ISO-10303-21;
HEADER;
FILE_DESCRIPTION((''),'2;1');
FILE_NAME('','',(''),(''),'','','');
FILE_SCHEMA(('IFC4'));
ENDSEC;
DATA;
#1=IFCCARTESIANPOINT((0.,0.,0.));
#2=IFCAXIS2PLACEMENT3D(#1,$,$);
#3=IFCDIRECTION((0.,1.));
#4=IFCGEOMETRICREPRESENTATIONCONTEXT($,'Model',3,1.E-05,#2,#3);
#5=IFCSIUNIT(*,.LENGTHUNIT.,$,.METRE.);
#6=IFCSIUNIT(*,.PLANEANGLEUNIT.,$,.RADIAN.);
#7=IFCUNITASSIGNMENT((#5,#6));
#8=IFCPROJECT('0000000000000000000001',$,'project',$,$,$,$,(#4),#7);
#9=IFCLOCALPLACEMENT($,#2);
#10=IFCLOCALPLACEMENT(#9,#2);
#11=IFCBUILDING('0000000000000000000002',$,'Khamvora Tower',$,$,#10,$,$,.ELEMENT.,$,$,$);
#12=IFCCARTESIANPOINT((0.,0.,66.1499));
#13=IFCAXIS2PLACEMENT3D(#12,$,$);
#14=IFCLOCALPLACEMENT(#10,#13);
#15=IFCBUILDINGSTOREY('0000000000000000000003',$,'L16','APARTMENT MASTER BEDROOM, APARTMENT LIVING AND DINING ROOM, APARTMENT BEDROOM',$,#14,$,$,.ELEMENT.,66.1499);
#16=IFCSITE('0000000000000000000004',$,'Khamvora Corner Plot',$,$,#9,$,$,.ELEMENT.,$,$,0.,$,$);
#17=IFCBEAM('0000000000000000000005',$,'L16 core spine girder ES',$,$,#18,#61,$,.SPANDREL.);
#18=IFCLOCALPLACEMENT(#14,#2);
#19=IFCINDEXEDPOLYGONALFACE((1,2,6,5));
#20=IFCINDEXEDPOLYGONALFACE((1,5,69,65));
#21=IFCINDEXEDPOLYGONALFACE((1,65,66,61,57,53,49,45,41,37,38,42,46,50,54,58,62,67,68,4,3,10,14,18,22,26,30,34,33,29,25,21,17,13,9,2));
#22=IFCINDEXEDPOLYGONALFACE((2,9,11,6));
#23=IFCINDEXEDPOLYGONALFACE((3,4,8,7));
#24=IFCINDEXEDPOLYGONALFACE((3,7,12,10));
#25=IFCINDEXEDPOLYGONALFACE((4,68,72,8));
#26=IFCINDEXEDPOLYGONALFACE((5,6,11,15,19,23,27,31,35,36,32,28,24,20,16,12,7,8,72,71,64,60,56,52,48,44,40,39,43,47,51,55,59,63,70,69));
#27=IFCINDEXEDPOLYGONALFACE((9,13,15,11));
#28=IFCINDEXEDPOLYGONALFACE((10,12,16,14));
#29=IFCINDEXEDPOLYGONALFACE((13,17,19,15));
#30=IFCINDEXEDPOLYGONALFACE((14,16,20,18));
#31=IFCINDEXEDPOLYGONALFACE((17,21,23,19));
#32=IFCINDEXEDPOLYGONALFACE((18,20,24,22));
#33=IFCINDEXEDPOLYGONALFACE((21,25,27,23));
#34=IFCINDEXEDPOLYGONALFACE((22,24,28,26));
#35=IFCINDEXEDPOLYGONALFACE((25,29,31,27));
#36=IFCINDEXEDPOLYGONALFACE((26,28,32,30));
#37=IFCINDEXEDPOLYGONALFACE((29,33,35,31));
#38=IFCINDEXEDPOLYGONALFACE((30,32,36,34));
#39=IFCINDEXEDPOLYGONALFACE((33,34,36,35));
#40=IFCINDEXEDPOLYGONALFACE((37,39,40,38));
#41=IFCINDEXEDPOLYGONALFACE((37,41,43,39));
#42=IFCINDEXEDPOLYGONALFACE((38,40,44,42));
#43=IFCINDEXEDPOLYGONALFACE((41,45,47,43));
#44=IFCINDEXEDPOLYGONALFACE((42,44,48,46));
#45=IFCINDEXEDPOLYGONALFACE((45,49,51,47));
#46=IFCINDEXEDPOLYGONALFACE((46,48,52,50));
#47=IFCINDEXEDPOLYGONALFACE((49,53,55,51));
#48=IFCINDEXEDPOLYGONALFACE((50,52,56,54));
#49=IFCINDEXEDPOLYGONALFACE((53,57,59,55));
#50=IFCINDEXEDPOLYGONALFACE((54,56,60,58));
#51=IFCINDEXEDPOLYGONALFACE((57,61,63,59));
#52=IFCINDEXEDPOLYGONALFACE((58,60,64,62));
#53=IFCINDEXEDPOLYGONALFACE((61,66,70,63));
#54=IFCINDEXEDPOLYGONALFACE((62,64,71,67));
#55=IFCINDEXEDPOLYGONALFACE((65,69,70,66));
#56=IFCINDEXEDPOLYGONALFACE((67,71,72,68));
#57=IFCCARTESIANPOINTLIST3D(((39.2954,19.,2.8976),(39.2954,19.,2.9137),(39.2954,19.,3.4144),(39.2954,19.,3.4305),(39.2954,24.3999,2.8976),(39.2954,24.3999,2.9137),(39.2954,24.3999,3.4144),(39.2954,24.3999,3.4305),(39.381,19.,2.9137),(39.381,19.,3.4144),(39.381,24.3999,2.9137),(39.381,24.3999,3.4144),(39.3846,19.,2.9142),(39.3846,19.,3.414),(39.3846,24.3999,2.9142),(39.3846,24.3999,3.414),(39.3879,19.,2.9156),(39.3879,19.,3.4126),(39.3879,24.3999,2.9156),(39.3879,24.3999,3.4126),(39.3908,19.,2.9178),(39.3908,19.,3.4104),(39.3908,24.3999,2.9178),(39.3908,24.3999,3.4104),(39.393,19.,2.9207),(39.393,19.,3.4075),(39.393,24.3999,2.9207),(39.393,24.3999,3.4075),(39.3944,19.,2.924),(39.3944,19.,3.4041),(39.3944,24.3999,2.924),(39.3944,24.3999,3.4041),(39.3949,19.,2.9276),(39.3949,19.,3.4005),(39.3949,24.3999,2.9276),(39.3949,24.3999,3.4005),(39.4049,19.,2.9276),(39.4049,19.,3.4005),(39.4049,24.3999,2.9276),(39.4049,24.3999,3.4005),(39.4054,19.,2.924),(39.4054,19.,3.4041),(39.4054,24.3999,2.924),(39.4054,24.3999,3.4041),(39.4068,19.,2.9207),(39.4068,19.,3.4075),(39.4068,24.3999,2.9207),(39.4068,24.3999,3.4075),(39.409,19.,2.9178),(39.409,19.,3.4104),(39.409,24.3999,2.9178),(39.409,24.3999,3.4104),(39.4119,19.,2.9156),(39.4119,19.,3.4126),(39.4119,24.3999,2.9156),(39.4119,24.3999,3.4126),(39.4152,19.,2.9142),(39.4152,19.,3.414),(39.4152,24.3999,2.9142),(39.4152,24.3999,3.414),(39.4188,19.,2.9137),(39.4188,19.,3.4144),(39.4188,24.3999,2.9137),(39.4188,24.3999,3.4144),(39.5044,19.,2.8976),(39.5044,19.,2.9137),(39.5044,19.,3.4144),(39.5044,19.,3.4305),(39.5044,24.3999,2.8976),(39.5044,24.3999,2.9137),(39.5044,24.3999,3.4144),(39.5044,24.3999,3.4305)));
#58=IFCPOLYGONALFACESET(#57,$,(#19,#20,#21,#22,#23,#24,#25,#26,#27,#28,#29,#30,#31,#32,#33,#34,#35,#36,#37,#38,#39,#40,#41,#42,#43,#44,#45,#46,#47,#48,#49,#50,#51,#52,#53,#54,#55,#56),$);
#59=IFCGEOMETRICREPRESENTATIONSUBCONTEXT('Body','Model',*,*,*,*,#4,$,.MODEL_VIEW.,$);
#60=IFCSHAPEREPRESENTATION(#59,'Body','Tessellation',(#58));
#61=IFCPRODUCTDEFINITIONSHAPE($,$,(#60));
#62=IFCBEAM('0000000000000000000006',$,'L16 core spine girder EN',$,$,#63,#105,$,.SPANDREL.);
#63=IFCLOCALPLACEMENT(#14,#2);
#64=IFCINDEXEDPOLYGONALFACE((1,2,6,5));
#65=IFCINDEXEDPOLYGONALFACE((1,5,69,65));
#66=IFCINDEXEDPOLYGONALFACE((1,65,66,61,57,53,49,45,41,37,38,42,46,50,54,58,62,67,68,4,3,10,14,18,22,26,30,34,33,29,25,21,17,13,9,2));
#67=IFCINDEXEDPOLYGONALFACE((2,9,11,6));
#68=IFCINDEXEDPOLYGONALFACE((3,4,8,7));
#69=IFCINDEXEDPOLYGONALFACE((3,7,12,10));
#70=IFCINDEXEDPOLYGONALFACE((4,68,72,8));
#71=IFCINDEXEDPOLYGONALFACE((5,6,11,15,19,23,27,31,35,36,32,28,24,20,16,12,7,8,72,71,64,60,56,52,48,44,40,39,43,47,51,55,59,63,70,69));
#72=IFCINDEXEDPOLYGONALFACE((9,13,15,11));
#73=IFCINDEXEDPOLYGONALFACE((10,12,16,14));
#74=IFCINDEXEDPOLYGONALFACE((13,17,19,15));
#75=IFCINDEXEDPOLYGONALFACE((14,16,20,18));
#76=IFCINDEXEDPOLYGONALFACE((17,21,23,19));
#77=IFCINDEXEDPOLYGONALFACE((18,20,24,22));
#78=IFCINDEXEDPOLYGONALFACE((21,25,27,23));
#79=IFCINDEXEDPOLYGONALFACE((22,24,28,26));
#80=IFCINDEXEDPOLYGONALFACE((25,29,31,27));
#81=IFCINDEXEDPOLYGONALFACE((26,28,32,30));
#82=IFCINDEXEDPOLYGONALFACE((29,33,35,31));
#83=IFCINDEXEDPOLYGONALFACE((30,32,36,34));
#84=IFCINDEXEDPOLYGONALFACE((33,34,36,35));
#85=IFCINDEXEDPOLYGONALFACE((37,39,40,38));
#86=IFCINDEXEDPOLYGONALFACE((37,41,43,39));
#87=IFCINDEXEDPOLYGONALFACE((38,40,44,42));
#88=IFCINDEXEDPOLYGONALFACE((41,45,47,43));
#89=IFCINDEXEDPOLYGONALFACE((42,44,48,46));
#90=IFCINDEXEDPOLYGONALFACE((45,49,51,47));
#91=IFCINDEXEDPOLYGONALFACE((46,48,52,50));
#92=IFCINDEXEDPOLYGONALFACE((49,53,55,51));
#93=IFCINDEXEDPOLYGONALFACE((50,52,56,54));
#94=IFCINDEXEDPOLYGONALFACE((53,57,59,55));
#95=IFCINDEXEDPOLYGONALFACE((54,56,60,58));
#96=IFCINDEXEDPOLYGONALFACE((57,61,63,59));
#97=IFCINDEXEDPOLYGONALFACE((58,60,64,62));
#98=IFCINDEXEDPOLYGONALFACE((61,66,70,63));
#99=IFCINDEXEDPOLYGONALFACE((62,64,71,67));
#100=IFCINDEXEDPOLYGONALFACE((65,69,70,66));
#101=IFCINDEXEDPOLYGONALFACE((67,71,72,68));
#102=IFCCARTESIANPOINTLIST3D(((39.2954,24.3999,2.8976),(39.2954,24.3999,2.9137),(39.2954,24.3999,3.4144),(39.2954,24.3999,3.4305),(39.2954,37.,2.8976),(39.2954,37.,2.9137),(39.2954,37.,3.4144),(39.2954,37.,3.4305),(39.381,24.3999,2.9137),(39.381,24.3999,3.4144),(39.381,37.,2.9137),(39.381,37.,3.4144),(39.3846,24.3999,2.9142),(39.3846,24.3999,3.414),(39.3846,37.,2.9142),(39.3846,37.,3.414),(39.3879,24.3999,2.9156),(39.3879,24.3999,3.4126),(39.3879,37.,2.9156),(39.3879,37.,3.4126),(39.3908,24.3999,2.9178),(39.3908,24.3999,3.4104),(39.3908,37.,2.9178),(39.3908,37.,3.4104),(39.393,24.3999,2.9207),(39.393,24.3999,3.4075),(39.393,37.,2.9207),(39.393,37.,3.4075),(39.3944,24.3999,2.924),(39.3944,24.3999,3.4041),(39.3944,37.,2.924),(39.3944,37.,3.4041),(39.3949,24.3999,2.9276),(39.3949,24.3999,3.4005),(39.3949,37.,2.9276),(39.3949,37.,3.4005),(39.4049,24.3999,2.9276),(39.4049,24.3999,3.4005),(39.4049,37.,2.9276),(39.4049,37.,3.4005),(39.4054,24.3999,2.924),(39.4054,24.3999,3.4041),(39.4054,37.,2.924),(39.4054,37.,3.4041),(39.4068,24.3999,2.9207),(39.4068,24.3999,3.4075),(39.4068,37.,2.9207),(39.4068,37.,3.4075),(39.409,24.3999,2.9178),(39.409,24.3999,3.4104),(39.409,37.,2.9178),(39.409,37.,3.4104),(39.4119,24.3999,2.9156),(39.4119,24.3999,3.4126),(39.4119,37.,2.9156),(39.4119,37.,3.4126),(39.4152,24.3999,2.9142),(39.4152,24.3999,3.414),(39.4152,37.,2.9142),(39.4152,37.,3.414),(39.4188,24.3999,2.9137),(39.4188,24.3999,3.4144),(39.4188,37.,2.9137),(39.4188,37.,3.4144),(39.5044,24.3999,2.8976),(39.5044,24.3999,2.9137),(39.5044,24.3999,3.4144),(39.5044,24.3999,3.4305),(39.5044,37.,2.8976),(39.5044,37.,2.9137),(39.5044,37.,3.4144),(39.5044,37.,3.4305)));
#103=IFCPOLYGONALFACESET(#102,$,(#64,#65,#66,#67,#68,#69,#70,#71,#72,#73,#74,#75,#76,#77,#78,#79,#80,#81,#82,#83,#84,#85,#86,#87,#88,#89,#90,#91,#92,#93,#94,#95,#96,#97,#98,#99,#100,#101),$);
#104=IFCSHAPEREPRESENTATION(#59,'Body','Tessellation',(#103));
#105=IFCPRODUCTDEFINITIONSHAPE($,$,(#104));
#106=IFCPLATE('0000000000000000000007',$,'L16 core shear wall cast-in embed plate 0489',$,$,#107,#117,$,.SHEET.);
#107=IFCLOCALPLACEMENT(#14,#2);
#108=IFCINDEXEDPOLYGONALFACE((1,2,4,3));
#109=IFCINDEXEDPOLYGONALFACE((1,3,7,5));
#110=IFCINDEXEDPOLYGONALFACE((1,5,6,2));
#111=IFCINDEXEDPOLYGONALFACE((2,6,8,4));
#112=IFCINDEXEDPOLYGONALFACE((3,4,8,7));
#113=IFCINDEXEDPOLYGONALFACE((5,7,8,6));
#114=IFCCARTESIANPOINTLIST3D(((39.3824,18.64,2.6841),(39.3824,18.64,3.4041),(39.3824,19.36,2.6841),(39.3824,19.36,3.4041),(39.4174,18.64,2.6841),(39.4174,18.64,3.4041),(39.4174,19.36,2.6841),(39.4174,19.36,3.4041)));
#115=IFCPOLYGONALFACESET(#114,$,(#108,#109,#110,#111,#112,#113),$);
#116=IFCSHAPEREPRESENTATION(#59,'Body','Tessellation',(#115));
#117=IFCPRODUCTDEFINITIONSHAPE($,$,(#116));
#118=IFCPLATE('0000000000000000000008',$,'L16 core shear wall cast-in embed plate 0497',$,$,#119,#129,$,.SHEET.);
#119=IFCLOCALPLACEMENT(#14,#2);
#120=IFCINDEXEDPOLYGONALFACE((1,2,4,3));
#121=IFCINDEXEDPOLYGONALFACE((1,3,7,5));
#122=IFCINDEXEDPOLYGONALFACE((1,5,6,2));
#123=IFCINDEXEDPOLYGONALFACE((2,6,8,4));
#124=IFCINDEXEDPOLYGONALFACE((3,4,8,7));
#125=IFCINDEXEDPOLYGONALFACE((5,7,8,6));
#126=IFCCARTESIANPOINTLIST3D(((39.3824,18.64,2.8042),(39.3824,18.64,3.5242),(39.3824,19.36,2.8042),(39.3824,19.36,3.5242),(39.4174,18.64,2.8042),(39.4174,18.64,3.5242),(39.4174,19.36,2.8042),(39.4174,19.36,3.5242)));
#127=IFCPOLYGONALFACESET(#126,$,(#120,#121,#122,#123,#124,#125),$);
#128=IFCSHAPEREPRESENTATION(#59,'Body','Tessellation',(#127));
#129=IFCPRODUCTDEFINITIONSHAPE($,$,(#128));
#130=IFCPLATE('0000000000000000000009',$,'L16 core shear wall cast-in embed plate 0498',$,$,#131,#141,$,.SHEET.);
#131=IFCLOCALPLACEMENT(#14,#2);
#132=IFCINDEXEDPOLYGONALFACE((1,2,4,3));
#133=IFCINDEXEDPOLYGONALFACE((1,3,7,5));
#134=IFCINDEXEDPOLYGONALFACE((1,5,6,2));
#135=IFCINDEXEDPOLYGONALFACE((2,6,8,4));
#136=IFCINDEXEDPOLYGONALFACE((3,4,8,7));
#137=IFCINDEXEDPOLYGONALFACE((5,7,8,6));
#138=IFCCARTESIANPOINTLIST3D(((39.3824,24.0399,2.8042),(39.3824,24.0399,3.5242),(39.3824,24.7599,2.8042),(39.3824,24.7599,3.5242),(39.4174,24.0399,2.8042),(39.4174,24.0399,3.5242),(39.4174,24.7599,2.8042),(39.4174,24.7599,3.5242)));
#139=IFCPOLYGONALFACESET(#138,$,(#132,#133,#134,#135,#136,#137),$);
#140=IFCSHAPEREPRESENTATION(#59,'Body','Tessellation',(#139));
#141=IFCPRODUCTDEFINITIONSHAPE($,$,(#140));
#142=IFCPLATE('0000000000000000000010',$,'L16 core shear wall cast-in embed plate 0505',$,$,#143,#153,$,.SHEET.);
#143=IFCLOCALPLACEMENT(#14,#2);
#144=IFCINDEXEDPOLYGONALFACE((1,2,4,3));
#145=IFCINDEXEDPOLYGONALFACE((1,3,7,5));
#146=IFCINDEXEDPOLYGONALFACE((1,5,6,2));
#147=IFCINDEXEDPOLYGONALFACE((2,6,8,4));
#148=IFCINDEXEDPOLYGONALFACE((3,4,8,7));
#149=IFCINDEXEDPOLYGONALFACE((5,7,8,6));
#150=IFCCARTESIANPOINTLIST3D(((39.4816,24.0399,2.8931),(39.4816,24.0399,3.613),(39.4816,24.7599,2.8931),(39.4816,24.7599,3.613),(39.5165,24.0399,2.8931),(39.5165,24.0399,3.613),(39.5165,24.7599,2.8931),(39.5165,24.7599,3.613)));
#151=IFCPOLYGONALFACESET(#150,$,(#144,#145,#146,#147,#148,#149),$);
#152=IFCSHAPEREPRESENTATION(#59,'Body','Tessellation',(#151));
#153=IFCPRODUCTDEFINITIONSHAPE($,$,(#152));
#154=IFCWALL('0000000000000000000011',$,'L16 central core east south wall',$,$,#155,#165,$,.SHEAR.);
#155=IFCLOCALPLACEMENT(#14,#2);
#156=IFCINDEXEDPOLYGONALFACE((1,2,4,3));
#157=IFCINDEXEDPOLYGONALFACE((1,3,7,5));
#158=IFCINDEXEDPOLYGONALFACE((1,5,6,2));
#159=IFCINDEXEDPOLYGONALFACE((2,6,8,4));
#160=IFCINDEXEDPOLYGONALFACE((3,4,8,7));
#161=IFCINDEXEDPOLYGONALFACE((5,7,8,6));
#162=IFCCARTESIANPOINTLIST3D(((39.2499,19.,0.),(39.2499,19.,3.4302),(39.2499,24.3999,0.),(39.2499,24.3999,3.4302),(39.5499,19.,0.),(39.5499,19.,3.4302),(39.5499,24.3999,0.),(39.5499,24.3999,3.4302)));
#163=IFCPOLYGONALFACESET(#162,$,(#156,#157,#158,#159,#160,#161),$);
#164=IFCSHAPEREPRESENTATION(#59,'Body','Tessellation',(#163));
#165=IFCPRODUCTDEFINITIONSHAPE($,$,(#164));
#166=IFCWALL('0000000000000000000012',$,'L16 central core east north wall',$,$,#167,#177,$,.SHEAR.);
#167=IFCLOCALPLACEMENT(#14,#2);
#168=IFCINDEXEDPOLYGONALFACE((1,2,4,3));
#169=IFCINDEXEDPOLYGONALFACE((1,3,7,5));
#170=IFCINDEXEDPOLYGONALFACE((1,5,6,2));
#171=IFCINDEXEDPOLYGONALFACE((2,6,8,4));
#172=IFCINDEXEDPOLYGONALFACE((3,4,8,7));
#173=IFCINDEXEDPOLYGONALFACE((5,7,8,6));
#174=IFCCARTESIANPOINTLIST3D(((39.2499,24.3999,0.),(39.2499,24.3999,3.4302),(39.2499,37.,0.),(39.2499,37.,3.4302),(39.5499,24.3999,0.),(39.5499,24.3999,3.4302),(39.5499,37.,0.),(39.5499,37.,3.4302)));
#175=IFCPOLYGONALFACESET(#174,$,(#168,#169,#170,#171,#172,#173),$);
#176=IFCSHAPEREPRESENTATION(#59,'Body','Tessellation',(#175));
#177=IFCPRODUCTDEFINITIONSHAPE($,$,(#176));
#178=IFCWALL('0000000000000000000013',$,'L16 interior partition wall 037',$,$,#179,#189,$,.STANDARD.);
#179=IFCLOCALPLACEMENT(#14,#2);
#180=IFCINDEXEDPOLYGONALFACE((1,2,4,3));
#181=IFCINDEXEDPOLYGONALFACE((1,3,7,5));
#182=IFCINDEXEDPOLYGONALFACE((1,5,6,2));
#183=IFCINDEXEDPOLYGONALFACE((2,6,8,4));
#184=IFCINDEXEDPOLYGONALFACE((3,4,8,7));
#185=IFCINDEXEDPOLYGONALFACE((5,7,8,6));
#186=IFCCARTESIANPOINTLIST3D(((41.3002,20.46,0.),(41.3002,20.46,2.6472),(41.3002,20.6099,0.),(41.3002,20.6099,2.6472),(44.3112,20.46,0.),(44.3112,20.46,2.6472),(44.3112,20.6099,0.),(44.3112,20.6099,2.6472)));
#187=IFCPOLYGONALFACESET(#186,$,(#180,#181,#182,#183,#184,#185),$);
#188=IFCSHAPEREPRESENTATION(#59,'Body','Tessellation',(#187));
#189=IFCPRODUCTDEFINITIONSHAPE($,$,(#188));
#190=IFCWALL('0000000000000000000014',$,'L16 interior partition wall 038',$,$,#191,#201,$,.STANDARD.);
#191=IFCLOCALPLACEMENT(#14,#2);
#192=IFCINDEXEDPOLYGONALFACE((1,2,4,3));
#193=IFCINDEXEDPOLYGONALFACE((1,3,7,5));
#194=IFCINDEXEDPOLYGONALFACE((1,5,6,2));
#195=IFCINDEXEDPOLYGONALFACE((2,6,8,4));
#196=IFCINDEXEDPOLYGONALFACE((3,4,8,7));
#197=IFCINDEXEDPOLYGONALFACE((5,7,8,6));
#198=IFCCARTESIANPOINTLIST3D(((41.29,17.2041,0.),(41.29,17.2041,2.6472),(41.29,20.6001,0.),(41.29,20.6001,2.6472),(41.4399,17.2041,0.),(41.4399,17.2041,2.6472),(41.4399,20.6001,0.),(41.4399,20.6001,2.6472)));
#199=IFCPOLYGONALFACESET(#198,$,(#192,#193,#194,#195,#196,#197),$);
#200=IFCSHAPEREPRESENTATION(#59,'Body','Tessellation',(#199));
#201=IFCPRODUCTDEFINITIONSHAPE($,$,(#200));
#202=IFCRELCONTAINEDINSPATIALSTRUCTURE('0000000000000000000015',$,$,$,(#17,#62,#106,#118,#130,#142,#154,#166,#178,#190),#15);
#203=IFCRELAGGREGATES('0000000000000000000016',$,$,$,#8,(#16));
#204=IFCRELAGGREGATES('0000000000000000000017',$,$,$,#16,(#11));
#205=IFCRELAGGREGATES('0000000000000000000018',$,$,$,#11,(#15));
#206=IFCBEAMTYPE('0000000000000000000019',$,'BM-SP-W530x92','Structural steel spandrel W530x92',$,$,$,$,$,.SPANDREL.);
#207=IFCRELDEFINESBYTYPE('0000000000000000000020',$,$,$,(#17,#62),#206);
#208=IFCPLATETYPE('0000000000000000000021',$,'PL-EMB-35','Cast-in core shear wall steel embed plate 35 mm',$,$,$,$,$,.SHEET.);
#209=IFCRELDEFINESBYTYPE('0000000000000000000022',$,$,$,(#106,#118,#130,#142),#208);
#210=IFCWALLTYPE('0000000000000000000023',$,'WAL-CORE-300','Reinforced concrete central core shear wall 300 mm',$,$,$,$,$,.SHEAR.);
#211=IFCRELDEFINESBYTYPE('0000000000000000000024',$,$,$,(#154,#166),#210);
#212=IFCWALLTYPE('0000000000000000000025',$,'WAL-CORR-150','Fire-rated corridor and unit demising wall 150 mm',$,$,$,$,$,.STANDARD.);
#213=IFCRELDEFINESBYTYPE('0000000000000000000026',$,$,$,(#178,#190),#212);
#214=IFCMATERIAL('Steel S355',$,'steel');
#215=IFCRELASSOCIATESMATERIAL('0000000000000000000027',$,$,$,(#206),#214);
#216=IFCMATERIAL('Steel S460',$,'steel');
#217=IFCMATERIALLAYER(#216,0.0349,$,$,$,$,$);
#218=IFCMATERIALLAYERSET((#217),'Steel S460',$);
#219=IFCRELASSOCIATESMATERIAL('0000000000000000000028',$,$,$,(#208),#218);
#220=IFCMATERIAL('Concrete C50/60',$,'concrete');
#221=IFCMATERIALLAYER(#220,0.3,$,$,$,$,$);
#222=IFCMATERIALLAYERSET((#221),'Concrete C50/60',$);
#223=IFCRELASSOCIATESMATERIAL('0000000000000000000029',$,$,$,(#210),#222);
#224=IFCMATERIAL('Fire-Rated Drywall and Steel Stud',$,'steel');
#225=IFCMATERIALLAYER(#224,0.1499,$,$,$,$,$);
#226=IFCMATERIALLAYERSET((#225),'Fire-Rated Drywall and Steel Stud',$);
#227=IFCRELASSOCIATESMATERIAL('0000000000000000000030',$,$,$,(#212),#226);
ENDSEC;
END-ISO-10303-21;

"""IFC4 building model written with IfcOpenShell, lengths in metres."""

from ifc_helpers import new_model, si_unit, direction, frame, frame_2d, origin, origin_2d, place, context, subcontext, project, spatial, rectangle, i_section, extrude, material, layer, layer_set, material_profile, profile_set, type_object, element, save


model = new_model("IFC4")

# Units and contexts
model_context = context("Model", 3, precision=1e-05, world=origin(), true_north=direction((0.0, 1.0)))
body_context = subcontext(model_context, "Body", "Model", "MODEL_VIEW")
ifc_project = project(units=[si_unit("LENGTHUNIT", "METRE"), si_unit("PLANEANGLEUNIT", "RADIAN")], contexts=[model_context])

# Site, building, storey
site_placement = place(None, origin())
site = spatial("IfcSite", under=ifc_project, at=site_placement, Name="Khamvora Corner Plot", CompositionType="ELEMENT", RefElevation=0.0)
building_placement = place(site_placement, origin())
building = spatial("IfcBuilding", under=site, at=building_placement, Name="Khamvora Tower", CompositionType="ELEMENT")
storey_placement = place(building_placement, frame((0.0, 0.0, 66.1499)))
storey = spatial("IfcBuildingStorey", under=building, at=storey_placement, Name="L16", Description="APARTMENT MASTER BEDROOM, APARTMENT LIVING AND DINING ROOM, APARTMENT BEDROOM", CompositionType="ELEMENT", Elevation=66.1499)

# Shared definitions
ifc_material_1 = material(Name="Steel S460", Category="steel")

# Beams
ifc_material_2 = material(Name="Steel S355", Category="steel")
ifc_material_profile_1 = material_profile(ifc_material_2, i_section(OverallWidth=0.209, OverallDepth=0.533, WebThickness=0.01, FlangeThickness=0.0161, FilletRadius=0.0139, at=origin_2d()), Name="W530x92")
ifc_profile_set_1 = profile_set([ifc_material_profile_1], Name="Steel S355")
beam_type_1 = type_object("IfcBeamType", Name="BM-SP-W530x92", Description="Structural steel spandrel W530x92", PredefinedType="SPANDREL", material=ifc_profile_set_1)
beam_1_placement = place(storey_placement, frame((39.3999, 19.0, 3.1641), z_axis=(0.0, 1.0, 0.0), x_axis=(-1.0, 0.0, 0.0)))
element("IfcBeam", 1, at=beam_1_placement, inside=storey, type_object=beam_type_1, Name="L16 core spine girder ES", PredefinedType="SPANDREL", context=body_context, shape_type="SweptSolid", body=[
    extrude(i_section(OverallWidth=0.209, OverallDepth=0.533, WebThickness=0.01, FlangeThickness=0.0161, FilletRadius=0.0139, at=origin_2d()), origin(), (0.0, 0.0, 1.0), 5.3999),
])
beam_2_placement = place(storey_placement, frame((39.3999, 24.3999, 3.1641), z_axis=(0.0, 1.0, 0.0), x_axis=(-1.0, 0.0, 0.0)))
element("IfcBeam", 2, at=beam_2_placement, inside=storey, type_object=beam_type_1, Name="L16 core spine girder EN", PredefinedType="SPANDREL", context=body_context, shape_type="SweptSolid", body=[
    extrude(i_section(OverallWidth=0.209, OverallDepth=0.533, WebThickness=0.01, FlangeThickness=0.0161, FilletRadius=0.0139, at=origin_2d()), origin(), (0.0, 0.0, 1.0), 12.6001),
])

# Plates
ifc_layer_1 = layer(ifc_material_1, 0.0349)
ifc_layer_set_1 = layer_set([ifc_layer_1], Name="Steel S460")
plate_type = type_object("IfcPlateType", Name="PL-EMB-35", Description="Cast-in core shear wall steel embed plate 35 mm", PredefinedType="SHEET", material=ifc_layer_set_1)
for number, where, z_axis, x_axis, name in (
    (3, (39.3999, 19.0, 2.6841), (0.0, 0.0, 1.0), (1.0, 0.0, 0.0), "L16 core shear wall cast-in embed plate 0489"),
    (4, (39.3999, 19.0, 2.8042), (0.0, 0.0, 1.0), (1.0, 0.0, 0.0), "L16 core shear wall cast-in embed plate 0497"),
    (5, (39.3999, 24.3999, 2.8042), (0.0, 0.0, 1.0), (1.0, 0.0, 0.0), "L16 core shear wall cast-in embed plate 0498"),
    (6, (39.499, 24.3999, 2.8931), (0.0, 0.0, 1.0), (1.0, 0.0, 0.0), "L16 core shear wall cast-in embed plate 0505"),
):
    element("IfcPlate", number, at=place(storey_placement, frame(where, z_axis=z_axis, x_axis=x_axis)), inside=storey, type_object=plate_type, Name=name, PredefinedType="SHEET", context=body_context, shape_type="SweptSolid", body=[
        extrude(rectangle(XDim=0.0349, YDim=0.72, at=origin_2d()), origin(), (0.0, 0.0, 1.0), 0.72),
    ])

# Walls
ifc_material_3 = material(Name="Concrete C50/60", Category="concrete")
ifc_layer_2 = layer(ifc_material_3, 0.3)
ifc_layer_set_2 = layer_set([ifc_layer_2], Name="Concrete C50/60")
wall_type_1 = type_object("IfcWallType", Name="WAL-CORE-300", Description="Reinforced concrete central core shear wall 300 mm", PredefinedType="SHEAR", material=ifc_layer_set_2)
wall_1_placement = place(storey_placement, frame((39.3999, 19.0, 0.0), z_axis=(0.0, 0.0, 1.0), x_axis=(0.0, 1.0, 0.0)))
element("IfcWall", 7, at=wall_1_placement, inside=storey, type_object=wall_type_1, Name="L16 central core east south wall", PredefinedType="SHEAR", context=body_context, shape_type="SweptSolid", body=[
    extrude(rectangle(XDim=5.3999, YDim=0.3, at=frame_2d((2.7, 0.0))), origin(), (0.0, 0.0, 1.0), 3.4302),
])
wall_2_placement = place(storey_placement, frame((39.3999, 24.3999, 0.0), z_axis=(0.0, 0.0, 1.0), x_axis=(0.0, 1.0, 0.0)))
element("IfcWall", 8, at=wall_2_placement, inside=storey, type_object=wall_type_1, Name="L16 central core east north wall", PredefinedType="SHEAR", context=body_context, shape_type="SweptSolid", body=[
    extrude(rectangle(XDim=12.6001, YDim=0.3, at=frame_2d((6.3, 0.0))), origin(), (0.0, 0.0, 1.0), 3.4302),
])

# Shared definitions
ifc_material_4 = material(Name="Fire-Rated Drywall and Steel Stud", Category="steel")
ifc_layer_3 = layer(ifc_material_4, 0.1499)
ifc_layer_set_3 = layer_set([ifc_layer_3], Name="Fire-Rated Drywall and Steel Stud")
wall_type_2 = type_object("IfcWallType", Name="WAL-CORR-150", Description="Fire-rated corridor and unit demising wall 150 mm", PredefinedType="STANDARD", material=ifc_layer_set_3)

# Walls
wall_3_placement = place(storey_placement, frame((44.311, 20.5349, 0.0), z_axis=(0.0, 0.0, 1.0), x_axis=(-1.0, 0.0, 0.0)))
element("IfcWall", 9, at=wall_3_placement, inside=storey, type_object=wall_type_2, Name="L16 interior partition wall 037", PredefinedType="STANDARD", context=body_context, shape_type="SweptSolid", body=[
    extrude(rectangle(XDim=3.011, YDim=0.1499, at=frame_2d((1.5054, 0.0))), origin(), (0.0, 0.0, 1.0), 2.6472),
])
wall_4_placement = place(storey_placement, frame((41.365, 20.6001, 0.0), z_axis=(0.0, 0.0, 1.0), x_axis=(0.0, -1.0, 0.0)))
element("IfcWall", 10, at=wall_4_placement, inside=storey, type_object=wall_type_2, Name="L16 interior partition wall 038", PredefinedType="STANDARD", context=body_context, shape_type="SweptSolid", body=[
    extrude(rectangle(XDim=3.396, YDim=0.1499, at=frame_2d((1.698, 0.0))), origin(), (0.0, 0.0, 1.0), 2.6472),
])

save(model, "model.ifc")
